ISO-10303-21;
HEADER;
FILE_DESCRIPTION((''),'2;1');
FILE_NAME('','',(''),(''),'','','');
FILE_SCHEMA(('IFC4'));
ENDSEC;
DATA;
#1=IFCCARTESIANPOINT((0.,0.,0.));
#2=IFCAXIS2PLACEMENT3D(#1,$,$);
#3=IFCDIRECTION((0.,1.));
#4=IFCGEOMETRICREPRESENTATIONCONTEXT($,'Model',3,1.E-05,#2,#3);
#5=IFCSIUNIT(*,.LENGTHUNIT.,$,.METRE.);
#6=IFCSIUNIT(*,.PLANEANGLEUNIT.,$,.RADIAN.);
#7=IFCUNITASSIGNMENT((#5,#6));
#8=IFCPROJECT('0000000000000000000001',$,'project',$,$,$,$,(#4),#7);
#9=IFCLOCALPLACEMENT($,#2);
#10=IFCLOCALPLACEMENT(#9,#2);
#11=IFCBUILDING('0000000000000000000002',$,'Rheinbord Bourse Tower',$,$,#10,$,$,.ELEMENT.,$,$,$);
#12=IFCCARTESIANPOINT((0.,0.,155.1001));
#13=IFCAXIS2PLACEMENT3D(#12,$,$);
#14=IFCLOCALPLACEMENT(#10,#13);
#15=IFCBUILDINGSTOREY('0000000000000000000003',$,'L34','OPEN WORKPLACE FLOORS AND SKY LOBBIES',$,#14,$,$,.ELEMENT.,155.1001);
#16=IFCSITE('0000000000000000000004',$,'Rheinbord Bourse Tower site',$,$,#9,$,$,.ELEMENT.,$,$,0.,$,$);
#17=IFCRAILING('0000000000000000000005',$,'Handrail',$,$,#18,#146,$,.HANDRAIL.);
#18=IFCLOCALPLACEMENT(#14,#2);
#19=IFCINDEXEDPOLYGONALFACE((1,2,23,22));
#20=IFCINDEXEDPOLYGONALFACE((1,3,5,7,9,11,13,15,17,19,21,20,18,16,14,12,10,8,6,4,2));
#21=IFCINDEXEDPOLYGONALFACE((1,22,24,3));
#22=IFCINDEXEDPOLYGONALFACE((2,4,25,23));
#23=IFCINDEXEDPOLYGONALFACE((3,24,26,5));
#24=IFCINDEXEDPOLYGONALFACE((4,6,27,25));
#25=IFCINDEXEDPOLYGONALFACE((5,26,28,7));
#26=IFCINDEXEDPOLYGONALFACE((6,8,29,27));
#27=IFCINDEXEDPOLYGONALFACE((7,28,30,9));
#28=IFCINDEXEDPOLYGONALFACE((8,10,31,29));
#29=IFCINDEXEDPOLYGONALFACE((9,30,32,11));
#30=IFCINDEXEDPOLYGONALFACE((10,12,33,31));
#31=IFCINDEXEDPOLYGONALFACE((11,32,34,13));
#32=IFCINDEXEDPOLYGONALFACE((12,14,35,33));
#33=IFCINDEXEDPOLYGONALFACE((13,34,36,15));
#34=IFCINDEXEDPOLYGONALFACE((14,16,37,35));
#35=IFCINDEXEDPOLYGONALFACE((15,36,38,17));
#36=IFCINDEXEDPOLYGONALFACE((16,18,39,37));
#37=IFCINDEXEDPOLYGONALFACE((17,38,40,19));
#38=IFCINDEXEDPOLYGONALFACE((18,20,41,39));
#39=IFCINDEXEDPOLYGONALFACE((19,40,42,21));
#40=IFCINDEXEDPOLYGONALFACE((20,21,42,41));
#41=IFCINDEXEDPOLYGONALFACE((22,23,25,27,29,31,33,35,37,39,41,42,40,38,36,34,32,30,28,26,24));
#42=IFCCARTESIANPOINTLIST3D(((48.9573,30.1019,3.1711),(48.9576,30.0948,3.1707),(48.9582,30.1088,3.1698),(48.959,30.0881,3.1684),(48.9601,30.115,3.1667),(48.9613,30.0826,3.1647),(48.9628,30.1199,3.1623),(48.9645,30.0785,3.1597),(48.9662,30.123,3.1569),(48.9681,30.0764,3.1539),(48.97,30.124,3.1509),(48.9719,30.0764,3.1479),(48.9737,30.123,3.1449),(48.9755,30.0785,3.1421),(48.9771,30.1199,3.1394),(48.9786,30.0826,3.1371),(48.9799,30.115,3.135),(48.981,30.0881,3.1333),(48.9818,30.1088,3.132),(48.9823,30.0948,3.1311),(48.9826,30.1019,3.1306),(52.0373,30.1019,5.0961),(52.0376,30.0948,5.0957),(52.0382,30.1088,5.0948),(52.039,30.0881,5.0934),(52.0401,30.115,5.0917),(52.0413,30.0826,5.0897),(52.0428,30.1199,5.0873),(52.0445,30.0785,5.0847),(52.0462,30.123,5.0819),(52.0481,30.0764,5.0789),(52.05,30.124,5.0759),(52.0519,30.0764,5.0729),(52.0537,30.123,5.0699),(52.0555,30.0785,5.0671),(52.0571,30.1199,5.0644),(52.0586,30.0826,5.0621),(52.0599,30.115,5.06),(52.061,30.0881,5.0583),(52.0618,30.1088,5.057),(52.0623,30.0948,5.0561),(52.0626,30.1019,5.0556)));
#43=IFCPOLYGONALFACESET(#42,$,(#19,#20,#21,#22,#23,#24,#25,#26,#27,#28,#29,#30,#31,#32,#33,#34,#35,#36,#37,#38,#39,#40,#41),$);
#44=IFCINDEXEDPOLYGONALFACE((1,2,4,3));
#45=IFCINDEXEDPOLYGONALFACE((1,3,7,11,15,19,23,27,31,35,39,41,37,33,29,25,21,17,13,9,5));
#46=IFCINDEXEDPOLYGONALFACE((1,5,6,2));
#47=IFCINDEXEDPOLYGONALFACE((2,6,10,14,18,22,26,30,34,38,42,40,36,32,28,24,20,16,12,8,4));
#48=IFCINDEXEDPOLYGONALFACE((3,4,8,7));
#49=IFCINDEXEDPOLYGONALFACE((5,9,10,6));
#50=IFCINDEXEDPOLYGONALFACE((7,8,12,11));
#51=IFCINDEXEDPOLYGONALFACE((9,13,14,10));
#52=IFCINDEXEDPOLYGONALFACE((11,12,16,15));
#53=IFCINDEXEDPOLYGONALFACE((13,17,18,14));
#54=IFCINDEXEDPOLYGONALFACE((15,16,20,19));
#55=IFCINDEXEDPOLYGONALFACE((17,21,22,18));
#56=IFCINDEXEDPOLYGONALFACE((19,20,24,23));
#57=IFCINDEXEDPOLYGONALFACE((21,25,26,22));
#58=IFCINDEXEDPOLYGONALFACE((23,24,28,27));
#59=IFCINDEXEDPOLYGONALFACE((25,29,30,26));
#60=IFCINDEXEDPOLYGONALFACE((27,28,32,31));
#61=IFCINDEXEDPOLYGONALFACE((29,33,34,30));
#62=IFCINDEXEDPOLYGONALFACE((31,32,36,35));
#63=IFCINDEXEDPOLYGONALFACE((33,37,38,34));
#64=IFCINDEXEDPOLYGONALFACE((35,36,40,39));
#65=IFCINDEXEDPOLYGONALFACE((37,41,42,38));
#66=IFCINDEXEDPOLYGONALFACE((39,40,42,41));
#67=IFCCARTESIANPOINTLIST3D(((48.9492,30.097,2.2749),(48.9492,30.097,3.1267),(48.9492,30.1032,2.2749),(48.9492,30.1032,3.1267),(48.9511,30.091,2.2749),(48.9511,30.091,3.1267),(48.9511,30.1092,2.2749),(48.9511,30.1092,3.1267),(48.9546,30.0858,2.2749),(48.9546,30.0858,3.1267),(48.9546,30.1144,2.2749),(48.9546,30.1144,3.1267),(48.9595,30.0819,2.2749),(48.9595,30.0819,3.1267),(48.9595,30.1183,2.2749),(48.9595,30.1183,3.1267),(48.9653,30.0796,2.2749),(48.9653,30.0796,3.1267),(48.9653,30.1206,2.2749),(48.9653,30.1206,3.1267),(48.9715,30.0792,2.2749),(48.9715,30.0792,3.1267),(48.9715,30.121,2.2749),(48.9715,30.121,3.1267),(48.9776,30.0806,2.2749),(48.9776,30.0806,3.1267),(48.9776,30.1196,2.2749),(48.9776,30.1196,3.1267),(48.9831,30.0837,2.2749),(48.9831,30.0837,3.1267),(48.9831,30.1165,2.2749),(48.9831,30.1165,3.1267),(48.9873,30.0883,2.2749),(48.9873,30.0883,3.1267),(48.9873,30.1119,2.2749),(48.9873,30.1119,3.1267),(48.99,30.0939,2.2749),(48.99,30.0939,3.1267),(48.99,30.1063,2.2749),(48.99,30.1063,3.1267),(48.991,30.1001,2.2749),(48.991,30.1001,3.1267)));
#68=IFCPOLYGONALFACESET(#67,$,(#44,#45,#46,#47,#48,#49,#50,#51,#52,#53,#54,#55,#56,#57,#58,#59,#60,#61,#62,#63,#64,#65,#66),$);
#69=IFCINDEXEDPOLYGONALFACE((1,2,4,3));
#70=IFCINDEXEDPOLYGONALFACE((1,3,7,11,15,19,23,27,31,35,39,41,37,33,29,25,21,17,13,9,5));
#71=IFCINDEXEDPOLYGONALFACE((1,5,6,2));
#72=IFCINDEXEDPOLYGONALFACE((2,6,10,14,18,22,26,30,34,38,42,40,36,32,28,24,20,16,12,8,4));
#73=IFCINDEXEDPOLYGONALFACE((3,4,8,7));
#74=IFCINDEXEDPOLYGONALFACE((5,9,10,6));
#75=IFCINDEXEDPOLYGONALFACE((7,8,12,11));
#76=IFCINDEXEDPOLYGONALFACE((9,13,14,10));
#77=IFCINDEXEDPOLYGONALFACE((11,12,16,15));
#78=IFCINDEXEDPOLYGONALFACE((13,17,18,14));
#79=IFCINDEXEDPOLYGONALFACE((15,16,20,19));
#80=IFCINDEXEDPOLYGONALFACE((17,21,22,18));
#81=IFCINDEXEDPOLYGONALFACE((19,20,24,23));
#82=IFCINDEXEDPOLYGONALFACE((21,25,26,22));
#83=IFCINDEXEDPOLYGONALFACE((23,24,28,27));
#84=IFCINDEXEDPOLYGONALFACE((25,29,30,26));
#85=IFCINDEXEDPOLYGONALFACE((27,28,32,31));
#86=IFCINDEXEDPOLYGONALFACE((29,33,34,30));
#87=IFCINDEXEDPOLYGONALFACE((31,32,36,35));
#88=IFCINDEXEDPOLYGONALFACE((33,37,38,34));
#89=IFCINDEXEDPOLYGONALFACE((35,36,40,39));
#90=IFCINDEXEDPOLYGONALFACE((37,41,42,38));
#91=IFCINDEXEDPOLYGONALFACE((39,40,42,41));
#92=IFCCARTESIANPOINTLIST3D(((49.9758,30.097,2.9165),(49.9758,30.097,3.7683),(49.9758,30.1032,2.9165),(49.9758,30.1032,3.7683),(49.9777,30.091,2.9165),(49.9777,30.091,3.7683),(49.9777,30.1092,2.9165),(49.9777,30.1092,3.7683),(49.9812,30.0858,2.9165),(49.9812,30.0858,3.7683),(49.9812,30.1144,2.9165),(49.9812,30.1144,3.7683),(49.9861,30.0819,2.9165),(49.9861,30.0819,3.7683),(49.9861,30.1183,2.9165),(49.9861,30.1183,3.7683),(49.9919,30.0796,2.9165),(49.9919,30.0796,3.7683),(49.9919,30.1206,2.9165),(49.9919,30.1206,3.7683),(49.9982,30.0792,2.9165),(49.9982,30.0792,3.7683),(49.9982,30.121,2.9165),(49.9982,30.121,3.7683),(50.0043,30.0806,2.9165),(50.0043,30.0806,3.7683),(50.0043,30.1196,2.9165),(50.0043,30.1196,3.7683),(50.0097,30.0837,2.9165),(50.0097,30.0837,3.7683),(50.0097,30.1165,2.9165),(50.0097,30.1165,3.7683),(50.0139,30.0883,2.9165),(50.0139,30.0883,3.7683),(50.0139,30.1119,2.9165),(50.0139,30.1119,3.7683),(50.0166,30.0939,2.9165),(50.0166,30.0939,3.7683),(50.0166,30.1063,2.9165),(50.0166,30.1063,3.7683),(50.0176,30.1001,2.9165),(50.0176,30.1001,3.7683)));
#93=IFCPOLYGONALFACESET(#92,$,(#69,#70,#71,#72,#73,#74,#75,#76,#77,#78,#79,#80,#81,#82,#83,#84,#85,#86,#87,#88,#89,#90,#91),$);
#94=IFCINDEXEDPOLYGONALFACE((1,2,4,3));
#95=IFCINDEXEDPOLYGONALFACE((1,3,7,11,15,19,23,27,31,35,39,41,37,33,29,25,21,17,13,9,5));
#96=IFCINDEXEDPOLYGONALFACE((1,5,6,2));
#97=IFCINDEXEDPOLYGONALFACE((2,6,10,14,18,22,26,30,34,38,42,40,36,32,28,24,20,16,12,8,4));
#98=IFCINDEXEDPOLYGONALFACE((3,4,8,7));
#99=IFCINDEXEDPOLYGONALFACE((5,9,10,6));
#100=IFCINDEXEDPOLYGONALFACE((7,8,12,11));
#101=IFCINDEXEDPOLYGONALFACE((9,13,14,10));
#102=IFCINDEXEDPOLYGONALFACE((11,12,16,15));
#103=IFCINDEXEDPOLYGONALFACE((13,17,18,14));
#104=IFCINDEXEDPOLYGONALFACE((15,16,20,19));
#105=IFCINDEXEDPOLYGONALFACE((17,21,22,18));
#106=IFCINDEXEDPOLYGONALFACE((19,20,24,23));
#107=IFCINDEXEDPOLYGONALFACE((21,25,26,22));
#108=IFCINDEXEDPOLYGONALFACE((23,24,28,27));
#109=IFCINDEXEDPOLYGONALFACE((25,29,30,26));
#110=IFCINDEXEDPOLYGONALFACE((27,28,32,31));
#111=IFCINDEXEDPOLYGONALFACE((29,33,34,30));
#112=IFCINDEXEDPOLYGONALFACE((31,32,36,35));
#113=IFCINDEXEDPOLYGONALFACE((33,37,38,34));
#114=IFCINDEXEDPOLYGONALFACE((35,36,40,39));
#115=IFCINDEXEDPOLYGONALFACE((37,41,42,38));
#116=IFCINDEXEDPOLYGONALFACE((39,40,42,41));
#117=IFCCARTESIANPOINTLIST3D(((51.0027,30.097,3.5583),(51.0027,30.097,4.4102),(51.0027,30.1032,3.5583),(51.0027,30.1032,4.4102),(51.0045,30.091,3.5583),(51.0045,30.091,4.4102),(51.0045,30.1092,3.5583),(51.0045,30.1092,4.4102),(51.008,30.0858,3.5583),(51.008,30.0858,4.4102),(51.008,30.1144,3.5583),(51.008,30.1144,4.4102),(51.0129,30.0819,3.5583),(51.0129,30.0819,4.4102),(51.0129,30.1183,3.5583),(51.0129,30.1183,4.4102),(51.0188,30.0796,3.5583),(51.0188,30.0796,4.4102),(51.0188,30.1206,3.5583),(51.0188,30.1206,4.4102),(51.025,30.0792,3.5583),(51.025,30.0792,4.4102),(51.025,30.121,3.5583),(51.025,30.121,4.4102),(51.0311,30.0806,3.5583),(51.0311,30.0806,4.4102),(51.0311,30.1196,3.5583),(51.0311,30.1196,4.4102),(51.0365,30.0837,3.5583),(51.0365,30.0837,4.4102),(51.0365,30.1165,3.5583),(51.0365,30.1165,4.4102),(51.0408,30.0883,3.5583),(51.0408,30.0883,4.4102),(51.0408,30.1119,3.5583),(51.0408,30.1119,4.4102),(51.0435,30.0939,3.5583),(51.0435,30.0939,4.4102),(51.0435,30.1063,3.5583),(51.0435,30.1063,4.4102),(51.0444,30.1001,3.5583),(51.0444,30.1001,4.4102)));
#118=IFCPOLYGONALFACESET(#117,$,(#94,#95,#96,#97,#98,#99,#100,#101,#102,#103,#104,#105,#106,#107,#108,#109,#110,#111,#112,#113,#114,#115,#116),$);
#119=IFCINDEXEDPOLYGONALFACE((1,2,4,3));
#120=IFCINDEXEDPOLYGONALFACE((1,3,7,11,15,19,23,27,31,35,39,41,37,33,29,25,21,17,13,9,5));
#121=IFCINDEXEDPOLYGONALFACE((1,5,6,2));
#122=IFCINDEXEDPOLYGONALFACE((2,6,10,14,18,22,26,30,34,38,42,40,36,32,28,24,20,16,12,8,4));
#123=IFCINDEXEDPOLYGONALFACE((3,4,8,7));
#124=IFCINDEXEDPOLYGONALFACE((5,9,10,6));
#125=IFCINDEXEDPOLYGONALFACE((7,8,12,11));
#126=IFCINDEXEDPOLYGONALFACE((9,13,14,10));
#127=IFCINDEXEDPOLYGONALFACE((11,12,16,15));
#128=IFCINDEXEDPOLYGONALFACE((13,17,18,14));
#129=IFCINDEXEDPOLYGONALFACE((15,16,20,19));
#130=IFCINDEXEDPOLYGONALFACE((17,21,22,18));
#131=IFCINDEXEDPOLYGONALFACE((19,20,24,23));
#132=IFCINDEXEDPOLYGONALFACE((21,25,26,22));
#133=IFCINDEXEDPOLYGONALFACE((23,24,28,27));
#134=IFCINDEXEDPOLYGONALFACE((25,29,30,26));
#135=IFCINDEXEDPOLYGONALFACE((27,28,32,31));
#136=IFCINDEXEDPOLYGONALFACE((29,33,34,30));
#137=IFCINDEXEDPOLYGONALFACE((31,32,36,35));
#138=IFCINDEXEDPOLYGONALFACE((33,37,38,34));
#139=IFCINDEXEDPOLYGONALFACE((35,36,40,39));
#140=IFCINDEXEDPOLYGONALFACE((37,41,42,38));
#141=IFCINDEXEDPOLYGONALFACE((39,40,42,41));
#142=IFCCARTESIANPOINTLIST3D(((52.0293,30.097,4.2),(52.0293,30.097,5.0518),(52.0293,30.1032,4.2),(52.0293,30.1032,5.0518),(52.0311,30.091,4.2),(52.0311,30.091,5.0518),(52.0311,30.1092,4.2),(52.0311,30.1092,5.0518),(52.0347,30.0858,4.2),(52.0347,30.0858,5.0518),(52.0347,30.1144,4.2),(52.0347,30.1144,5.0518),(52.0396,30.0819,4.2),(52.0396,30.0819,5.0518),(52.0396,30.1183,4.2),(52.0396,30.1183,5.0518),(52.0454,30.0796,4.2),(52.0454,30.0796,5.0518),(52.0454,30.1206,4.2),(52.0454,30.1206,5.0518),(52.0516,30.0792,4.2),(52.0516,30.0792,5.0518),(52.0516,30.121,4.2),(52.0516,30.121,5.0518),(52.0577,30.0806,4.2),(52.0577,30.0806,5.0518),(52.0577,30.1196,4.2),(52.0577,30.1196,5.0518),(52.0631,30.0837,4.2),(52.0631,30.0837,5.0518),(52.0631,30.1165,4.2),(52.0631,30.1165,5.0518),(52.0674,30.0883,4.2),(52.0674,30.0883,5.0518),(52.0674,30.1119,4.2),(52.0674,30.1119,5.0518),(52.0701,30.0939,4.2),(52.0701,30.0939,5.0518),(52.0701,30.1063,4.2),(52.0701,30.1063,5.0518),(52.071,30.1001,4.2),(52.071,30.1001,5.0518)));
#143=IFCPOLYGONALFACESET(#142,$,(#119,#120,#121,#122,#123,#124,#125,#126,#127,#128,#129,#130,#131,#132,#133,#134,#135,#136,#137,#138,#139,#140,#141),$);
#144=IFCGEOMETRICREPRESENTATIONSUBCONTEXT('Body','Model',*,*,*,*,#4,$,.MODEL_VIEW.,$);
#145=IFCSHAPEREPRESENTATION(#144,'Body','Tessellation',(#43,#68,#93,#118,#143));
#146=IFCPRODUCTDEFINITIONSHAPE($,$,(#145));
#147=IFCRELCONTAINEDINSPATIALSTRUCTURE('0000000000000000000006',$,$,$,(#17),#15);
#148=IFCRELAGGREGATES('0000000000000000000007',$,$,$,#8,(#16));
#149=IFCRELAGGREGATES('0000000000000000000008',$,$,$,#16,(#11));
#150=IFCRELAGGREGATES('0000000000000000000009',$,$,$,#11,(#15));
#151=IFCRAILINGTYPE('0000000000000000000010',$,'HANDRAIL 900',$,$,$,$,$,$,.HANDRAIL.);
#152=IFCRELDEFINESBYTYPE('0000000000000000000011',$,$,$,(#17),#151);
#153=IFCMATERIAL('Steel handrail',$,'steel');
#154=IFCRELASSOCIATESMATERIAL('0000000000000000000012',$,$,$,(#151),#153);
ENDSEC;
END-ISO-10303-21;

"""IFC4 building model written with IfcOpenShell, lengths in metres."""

from ifc_helpers import new_model, si_unit, direction, frame, origin, origin_2d, place, context, subcontext, project, spatial, circle, extrude, material, type_object, element, save


model = new_model("IFC4")

# Units and contexts
model_context = context("Model", 3, precision=1e-05, world=origin(), true_north=direction((0.0, 1.0)))
body_context = subcontext(model_context, "Body", "Model", "MODEL_VIEW")
ifc_project = project(units=[si_unit("LENGTHUNIT", "METRE"), si_unit("PLANEANGLEUNIT", "RADIAN")], contexts=[model_context])

# Site, building, storey
site_placement = place(None, origin())
site = spatial("IfcSite", under=ifc_project, at=site_placement, Name="Rheinbord Bourse Tower site", CompositionType="ELEMENT", RefElevation=0.0)
building_placement = place(site_placement, origin())
building = spatial("IfcBuilding", under=site, at=building_placement, Name="Rheinbord Bourse Tower", CompositionType="ELEMENT")
storey_placement = place(building_placement, frame((0.0, 0.0, 155.1001)))
storey = spatial("IfcBuildingStorey", under=building, at=storey_placement, Name="L34", Description="OPEN WORKPLACE FLOORS AND SKY LOBBIES", CompositionType="ELEMENT", Elevation=155.1001)

# Railing
ifc_material_1 = material(Name="Steel handrail", Category="steel")
railing_type = type_object("IfcRailingType", Name="HANDRAIL 900", PredefinedType="HANDRAIL", material=ifc_material_1)
railing_1_placement = place(storey_placement, frame((48.97, 30.1001, 2.2749)))
element("IfcRailing", 1, at=railing_1_placement, inside=storey, type_object=railing_type, Name="Handrail", PredefinedType="HANDRAIL", context=body_context, shape_type="SweptSolid", body=[
    extrude(circle(Radius=0.0239, at=origin_2d()), frame((0.0, 0.0, 0.876), z_axis=(0.847998, 0.0, 0.529999), x_axis=(0.0, 1.0, 0.0)), (0.0, 0.0, 1.0), 3.6321),
    extrude(circle(Radius=0.021, at=origin_2d()), origin(), (0.0, 0.0, 1.0), 0.8518),
    extrude(circle(Radius=0.021, at=origin_2d()), frame((1.0266, 0.0, 0.6416)), (0.0, 0.0, 1.0), 0.8518),
    extrude(circle(Radius=0.021, at=origin_2d()), frame((2.0535, 0.0, 1.2834)), (0.0, 0.0, 1.0), 0.8518),
    extrude(circle(Radius=0.021, at=origin_2d()), frame((3.0801, 0.0, 1.925)), (0.0, 0.0, 1.0), 0.8518),
])

save(model, "model.ifc")
